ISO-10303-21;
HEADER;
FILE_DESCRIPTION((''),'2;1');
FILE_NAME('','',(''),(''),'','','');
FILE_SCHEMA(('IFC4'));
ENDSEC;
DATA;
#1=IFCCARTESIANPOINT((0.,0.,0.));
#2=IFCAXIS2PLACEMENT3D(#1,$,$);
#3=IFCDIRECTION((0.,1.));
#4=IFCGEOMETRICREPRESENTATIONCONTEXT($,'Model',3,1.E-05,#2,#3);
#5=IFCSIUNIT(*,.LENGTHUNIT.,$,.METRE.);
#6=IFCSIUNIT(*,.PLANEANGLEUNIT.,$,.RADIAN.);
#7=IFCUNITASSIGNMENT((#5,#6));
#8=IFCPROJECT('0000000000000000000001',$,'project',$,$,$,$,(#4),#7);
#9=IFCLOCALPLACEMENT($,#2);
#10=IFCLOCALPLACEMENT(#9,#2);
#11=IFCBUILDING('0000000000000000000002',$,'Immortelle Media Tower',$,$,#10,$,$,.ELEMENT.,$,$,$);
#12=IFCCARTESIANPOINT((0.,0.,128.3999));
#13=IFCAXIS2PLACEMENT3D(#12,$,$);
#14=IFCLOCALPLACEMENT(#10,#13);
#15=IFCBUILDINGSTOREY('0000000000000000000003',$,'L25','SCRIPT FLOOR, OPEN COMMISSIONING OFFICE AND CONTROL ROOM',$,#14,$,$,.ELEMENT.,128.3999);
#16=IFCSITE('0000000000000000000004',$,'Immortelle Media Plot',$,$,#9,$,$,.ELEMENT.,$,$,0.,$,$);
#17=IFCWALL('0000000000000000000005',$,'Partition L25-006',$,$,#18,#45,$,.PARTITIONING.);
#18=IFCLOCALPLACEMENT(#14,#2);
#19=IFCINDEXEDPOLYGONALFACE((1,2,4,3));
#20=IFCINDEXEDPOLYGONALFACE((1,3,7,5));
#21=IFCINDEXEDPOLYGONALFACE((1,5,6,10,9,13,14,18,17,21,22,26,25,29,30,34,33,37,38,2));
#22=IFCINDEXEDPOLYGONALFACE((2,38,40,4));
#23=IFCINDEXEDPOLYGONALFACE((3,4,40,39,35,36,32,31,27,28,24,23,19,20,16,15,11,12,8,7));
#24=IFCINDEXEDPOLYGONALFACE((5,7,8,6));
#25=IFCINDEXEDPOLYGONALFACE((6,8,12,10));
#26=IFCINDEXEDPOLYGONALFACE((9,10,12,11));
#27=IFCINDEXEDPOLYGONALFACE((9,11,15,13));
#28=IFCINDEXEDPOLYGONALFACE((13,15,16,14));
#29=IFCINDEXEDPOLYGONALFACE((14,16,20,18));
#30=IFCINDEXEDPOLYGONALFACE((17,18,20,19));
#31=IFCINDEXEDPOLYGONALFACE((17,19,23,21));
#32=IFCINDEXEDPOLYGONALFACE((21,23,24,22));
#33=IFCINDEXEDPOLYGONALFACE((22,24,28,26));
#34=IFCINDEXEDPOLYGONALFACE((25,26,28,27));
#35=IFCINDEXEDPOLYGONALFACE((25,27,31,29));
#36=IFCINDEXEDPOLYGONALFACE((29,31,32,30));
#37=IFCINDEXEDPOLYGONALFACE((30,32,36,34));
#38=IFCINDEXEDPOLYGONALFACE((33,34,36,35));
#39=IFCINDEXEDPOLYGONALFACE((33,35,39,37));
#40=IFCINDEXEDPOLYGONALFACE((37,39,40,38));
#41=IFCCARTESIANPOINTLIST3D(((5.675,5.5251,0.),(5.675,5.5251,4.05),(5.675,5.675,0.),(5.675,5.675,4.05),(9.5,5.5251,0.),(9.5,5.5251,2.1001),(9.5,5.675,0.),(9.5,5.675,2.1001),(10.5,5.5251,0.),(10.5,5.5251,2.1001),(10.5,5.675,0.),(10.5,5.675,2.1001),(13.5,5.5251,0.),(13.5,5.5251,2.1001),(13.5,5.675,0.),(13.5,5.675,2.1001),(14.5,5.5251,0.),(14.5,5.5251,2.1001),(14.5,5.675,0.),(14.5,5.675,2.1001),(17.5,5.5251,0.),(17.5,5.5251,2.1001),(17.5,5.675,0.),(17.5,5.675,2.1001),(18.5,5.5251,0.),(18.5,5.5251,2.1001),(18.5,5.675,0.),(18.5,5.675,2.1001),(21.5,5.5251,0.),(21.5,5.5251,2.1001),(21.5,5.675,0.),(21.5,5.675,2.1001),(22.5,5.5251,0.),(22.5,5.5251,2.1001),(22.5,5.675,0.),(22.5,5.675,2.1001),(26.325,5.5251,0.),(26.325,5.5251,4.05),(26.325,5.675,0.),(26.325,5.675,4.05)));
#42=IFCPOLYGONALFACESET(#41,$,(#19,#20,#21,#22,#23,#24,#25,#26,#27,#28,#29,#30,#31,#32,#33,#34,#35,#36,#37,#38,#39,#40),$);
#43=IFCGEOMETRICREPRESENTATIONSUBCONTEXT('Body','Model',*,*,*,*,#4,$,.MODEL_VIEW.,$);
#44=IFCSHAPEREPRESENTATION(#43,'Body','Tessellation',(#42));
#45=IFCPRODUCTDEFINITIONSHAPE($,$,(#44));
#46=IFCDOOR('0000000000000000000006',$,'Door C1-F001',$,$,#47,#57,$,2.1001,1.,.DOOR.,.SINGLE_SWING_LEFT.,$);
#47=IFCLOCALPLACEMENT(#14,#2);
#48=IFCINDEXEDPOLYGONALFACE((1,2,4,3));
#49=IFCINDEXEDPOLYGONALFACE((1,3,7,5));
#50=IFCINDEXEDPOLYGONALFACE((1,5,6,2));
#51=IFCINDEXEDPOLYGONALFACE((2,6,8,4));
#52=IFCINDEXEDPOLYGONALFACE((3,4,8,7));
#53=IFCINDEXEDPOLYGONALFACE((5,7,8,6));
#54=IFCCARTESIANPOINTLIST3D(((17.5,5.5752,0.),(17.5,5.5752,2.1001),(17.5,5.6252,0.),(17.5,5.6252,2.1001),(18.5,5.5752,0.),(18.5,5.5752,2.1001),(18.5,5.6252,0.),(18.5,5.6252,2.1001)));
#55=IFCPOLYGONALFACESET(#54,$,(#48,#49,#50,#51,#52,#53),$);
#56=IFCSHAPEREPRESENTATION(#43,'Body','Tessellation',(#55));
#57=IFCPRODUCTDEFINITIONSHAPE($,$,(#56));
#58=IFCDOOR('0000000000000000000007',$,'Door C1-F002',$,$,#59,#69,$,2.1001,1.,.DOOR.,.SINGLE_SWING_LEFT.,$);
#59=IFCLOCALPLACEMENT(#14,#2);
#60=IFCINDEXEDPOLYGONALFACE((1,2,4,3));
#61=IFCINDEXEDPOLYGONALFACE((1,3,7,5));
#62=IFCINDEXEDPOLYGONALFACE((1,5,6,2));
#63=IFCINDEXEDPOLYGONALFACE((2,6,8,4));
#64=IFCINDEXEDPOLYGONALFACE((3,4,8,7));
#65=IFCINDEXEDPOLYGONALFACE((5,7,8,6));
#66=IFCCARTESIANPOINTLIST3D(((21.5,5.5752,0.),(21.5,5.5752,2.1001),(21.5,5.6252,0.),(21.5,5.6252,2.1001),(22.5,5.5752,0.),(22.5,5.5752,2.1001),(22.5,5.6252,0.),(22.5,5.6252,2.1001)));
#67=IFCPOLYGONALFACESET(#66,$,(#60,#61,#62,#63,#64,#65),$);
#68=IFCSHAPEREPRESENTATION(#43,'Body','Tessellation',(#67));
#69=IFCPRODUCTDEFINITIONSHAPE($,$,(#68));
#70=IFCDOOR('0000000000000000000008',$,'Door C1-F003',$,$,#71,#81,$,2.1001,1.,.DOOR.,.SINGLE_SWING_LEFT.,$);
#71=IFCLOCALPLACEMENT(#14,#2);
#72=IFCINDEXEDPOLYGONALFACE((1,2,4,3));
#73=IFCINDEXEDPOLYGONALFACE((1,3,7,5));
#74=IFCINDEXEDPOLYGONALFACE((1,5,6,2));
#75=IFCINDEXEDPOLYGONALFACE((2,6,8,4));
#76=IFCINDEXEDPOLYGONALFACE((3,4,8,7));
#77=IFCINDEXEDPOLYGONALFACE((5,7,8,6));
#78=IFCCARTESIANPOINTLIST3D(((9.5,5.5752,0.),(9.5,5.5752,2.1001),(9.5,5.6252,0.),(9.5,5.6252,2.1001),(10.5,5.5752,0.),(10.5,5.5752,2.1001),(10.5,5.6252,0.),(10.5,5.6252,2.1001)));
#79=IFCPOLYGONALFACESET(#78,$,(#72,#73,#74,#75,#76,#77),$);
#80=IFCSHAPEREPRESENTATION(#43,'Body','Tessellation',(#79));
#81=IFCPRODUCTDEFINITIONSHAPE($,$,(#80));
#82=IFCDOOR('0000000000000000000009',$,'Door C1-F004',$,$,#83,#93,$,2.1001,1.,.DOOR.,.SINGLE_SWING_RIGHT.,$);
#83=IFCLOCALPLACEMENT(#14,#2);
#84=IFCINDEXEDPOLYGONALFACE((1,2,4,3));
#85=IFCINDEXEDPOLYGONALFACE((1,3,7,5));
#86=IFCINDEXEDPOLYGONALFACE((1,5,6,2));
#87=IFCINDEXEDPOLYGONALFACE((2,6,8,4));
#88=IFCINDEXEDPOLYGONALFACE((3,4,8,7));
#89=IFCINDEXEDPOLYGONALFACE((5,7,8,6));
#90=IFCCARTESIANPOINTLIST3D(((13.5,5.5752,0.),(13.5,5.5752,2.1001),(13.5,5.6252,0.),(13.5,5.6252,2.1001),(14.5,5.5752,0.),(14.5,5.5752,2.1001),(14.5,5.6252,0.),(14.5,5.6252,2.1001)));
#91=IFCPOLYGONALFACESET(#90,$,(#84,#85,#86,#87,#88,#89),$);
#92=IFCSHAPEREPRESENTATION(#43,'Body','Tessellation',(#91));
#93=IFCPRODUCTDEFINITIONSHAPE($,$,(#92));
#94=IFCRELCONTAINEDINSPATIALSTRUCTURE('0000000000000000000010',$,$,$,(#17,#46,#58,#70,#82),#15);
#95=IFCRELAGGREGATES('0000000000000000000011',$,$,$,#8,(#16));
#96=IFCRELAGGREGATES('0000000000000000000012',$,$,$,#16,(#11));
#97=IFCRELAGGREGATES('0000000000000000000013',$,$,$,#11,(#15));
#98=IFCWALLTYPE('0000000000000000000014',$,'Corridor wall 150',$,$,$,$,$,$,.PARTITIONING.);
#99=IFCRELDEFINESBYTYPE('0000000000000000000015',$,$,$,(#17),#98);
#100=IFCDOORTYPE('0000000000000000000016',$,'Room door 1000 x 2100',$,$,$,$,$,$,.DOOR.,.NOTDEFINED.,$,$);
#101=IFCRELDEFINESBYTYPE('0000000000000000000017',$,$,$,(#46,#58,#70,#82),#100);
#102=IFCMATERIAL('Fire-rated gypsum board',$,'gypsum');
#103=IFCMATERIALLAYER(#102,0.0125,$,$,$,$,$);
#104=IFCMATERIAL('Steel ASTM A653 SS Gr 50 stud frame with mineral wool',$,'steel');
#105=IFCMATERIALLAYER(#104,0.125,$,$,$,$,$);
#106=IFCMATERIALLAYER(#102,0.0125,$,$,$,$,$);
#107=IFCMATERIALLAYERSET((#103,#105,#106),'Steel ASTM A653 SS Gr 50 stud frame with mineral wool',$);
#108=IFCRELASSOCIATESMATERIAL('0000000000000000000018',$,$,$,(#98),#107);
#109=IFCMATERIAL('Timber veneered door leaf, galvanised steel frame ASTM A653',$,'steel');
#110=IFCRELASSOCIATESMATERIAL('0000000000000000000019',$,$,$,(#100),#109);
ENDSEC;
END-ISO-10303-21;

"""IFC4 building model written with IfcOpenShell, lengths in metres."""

from ifc_helpers import new_model, si_unit, direction, frame, frame_2d, origin, place, context, subcontext, project, spatial, rectangle, extrude, material, layer, layer_set, type_object, element, fill, save


model = new_model("IFC4")

# Units and contexts
model_context = context("Model", 3, precision=1e-05, world=origin(), true_north=direction((0.0, 1.0)))
body_context = subcontext(model_context, "Body", "Model", "MODEL_VIEW")
ifc_project = project(units=[si_unit("LENGTHUNIT", "METRE"), si_unit("PLANEANGLEUNIT", "RADIAN")], contexts=[model_context])

# Site, building, storey
site_placement = place(None, origin())
site = spatial("IfcSite", under=ifc_project, at=site_placement, Name="Immortelle Media Plot", CompositionType="ELEMENT", RefElevation=0.0)
building_placement = place(site_placement, origin())
building = spatial("IfcBuilding", under=site, at=building_placement, Name="Immortelle Media Tower", CompositionType="ELEMENT")
storey_placement = place(building_placement, frame((0.0, 0.0, 128.3999)))
storey = spatial("IfcBuildingStorey", under=building, at=storey_placement, Name="L25", Description="SCRIPT FLOOR, OPEN COMMISSIONING OFFICE AND CONTROL ROOM", CompositionType="ELEMENT", Elevation=128.3999)

# Wall, openings, doors
ifc_material_1 = material(Name="Fire-rated gypsum board", Category="gypsum")
ifc_layer_1 = layer(ifc_material_1, 0.0125)
ifc_material_2 = material(Name="Steel ASTM A653 SS Gr 50 stud frame with mineral wool", Category="steel")
ifc_layer_2 = layer(ifc_material_2, 0.125)
ifc_layer_3 = layer(ifc_material_1, 0.0125)
ifc_layer_set_1 = layer_set([ifc_layer_1, ifc_layer_2, ifc_layer_3], Name="Steel ASTM A653 SS Gr 50 stud frame with mineral wool")
wall_type_1 = type_object("IfcWallType", Name="Corridor wall 150", PredefinedType="PARTITIONING", material=ifc_layer_set_1)
wall_1_placement = place(storey_placement, frame((5.675, 5.6001, 0.0), z_axis=(0.0, 0.0, 1.0), x_axis=(1.0, 0.0, 0.0)))
wall_1 = element("IfcWall", 1, at=wall_1_placement, inside=storey, type_object=wall_type_1, Name="Partition L25-006", PredefinedType="PARTITIONING", context=body_context, shape_type="SweptSolid", body=[
    extrude(rectangle(XDim=20.6499, YDim=0.1499, at=frame_2d((10.325, 0.0))), origin(), (0.0, 0.0, 1.0), 4.05),
])
opening_1_placement = place(wall_1_placement, frame((12.825, 0.0, 0.0), z_axis=(0.0, 0.0, 1.0), x_axis=(-1.0, 0.0, 0.0)))
opening_1 = element("IfcOpeningElement", 2, at=opening_1_placement, cuts=wall_1, PredefinedType="OPENING", context=body_context, shape_type="SweptSolid", body=[
    extrude(rectangle(XDim=1.0, YDim=2.1001, at=frame_2d((0.5, 1.05))), frame((0.0, 0.085, 0.0), z_axis=(0.0, -1.0, 0.0), x_axis=(1.0, 0.0, 0.0)), (0.0, 0.0, 1.0), 0.1699),
])
opening_2_placement = place(wall_1_placement, frame((16.825, 0.0, 0.0), z_axis=(0.0, 0.0, 1.0), x_axis=(-1.0, 0.0, 0.0)))
opening_2 = element("IfcOpeningElement", 3, at=opening_2_placement, cuts=wall_1, PredefinedType="OPENING", context=body_context, shape_type="SweptSolid", body=[
    extrude(rectangle(XDim=1.0, YDim=2.1001, at=frame_2d((0.5, 1.05))), frame((0.0, 0.085, 0.0), z_axis=(0.0, -1.0, 0.0), x_axis=(1.0, 0.0, 0.0)), (0.0, 0.0, 1.0), 0.1699),
])
opening_3_placement = place(wall_1_placement, frame((4.825, 0.0, 0.0), z_axis=(0.0, 0.0, 1.0), x_axis=(-1.0, 0.0, 0.0)))
opening_3 = element("IfcOpeningElement", 4, at=opening_3_placement, cuts=wall_1, PredefinedType="OPENING", context=body_context, shape_type="SweptSolid", body=[
    extrude(rectangle(XDim=1.0, YDim=2.1001, at=frame_2d((0.5, 1.05))), frame((0.0, 0.085, 0.0), z_axis=(0.0, -1.0, 0.0), x_axis=(1.0, 0.0, 0.0)), (0.0, 0.0, 1.0), 0.1699),
])
opening_4_placement = place(wall_1_placement, frame((8.825, 0.0, 0.0), z_axis=(0.0, 0.0, 1.0), x_axis=(-1.0, 0.0, 0.0)))
opening_4 = element("IfcOpeningElement", 5, at=opening_4_placement, cuts=wall_1, PredefinedType="OPENING", context=body_context, shape_type="SweptSolid", body=[
    extrude(rectangle(XDim=1.0, YDim=2.1001, at=frame_2d((0.5, 1.05))), frame((0.0, 0.085, 0.0), z_axis=(0.0, -1.0, 0.0), x_axis=(1.0, 0.0, 0.0)), (0.0, 0.0, 1.0), 0.1699),
])
ifc_material_3 = material(Name="Timber veneered door leaf, galvanised steel frame ASTM A653", Category="steel")
door_type_1 = type_object("IfcDoorType", Name="Room door 1000 x 2100", OperationType="NOTDEFINED", PredefinedType="DOOR", material=ifc_material_3)
door_1_placement = place(opening_1_placement, origin())
door_1 = element("IfcDoor", 6, at=door_1_placement, inside=storey, type_object=door_type_1, Name="Door C1-F001", OperationType="SINGLE_SWING_LEFT", OverallHeight=2.1001, OverallWidth=1.0, PredefinedType="DOOR", context=body_context, shape_type="SweptSolid", body=[
    extrude(rectangle(XDim=1.0, YDim=2.1001, at=frame_2d((0.5, 1.05))), frame((0.0, 0.0249, 0.0), z_axis=(0.0, -1.0, 0.0), x_axis=(1.0, 0.0, 0.0)), (0.0, 0.0, 1.0), 0.05),
])
fill(opening_1, door_1)
door_2_placement = place(opening_2_placement, origin())
door_2 = element("IfcDoor", 7, at=door_2_placement, inside=storey, type_object=door_type_1, Name="Door C1-F002", OperationType="SINGLE_SWING_LEFT", OverallHeight=2.1001, OverallWidth=1.0, PredefinedType="DOOR", context=body_context, shape_type="SweptSolid", body=[
    extrude(rectangle(XDim=1.0, YDim=2.1001, at=frame_2d((0.5, 1.05))), frame((0.0, 0.0249, 0.0), z_axis=(0.0, -1.0, 0.0), x_axis=(1.0, 0.0, 0.0)), (0.0, 0.0, 1.0), 0.05),
])
fill(opening_2, door_2)
door_3_placement = place(opening_3_placement, origin())
door_3 = element("IfcDoor", 8, at=door_3_placement, inside=storey, type_object=door_type_1, Name="Door C1-F003", OperationType="SINGLE_SWING_LEFT", OverallHeight=2.1001, OverallWidth=1.0, PredefinedType="DOOR", context=body_context, shape_type="SweptSolid", body=[
    extrude(rectangle(XDim=1.0, YDim=2.1001, at=frame_2d((0.5, 1.05))), frame((0.0, 0.0249, 0.0), z_axis=(0.0, -1.0, 0.0), x_axis=(1.0, 0.0, 0.0)), (0.0, 0.0, 1.0), 0.05),
])
fill(opening_3, door_3)
door_4_placement = place(opening_4_placement, origin())
door_4 = element("IfcDoor", 9, at=door_4_placement, inside=storey, type_object=door_type_1, Name="Door C1-F004", OperationType="SINGLE_SWING_RIGHT", OverallHeight=2.1001, OverallWidth=1.0, PredefinedType="DOOR", context=body_context, shape_type="SweptSolid", body=[
    extrude(rectangle(XDim=1.0, YDim=2.1001, at=frame_2d((0.5, 1.05))), frame((0.0, 0.0249, 0.0), z_axis=(0.0, -1.0, 0.0), x_axis=(1.0, 0.0, 0.0)), (0.0, 0.0, 1.0), 0.05),
])
fill(opening_4, door_4)

save(model, "model.ifc")
